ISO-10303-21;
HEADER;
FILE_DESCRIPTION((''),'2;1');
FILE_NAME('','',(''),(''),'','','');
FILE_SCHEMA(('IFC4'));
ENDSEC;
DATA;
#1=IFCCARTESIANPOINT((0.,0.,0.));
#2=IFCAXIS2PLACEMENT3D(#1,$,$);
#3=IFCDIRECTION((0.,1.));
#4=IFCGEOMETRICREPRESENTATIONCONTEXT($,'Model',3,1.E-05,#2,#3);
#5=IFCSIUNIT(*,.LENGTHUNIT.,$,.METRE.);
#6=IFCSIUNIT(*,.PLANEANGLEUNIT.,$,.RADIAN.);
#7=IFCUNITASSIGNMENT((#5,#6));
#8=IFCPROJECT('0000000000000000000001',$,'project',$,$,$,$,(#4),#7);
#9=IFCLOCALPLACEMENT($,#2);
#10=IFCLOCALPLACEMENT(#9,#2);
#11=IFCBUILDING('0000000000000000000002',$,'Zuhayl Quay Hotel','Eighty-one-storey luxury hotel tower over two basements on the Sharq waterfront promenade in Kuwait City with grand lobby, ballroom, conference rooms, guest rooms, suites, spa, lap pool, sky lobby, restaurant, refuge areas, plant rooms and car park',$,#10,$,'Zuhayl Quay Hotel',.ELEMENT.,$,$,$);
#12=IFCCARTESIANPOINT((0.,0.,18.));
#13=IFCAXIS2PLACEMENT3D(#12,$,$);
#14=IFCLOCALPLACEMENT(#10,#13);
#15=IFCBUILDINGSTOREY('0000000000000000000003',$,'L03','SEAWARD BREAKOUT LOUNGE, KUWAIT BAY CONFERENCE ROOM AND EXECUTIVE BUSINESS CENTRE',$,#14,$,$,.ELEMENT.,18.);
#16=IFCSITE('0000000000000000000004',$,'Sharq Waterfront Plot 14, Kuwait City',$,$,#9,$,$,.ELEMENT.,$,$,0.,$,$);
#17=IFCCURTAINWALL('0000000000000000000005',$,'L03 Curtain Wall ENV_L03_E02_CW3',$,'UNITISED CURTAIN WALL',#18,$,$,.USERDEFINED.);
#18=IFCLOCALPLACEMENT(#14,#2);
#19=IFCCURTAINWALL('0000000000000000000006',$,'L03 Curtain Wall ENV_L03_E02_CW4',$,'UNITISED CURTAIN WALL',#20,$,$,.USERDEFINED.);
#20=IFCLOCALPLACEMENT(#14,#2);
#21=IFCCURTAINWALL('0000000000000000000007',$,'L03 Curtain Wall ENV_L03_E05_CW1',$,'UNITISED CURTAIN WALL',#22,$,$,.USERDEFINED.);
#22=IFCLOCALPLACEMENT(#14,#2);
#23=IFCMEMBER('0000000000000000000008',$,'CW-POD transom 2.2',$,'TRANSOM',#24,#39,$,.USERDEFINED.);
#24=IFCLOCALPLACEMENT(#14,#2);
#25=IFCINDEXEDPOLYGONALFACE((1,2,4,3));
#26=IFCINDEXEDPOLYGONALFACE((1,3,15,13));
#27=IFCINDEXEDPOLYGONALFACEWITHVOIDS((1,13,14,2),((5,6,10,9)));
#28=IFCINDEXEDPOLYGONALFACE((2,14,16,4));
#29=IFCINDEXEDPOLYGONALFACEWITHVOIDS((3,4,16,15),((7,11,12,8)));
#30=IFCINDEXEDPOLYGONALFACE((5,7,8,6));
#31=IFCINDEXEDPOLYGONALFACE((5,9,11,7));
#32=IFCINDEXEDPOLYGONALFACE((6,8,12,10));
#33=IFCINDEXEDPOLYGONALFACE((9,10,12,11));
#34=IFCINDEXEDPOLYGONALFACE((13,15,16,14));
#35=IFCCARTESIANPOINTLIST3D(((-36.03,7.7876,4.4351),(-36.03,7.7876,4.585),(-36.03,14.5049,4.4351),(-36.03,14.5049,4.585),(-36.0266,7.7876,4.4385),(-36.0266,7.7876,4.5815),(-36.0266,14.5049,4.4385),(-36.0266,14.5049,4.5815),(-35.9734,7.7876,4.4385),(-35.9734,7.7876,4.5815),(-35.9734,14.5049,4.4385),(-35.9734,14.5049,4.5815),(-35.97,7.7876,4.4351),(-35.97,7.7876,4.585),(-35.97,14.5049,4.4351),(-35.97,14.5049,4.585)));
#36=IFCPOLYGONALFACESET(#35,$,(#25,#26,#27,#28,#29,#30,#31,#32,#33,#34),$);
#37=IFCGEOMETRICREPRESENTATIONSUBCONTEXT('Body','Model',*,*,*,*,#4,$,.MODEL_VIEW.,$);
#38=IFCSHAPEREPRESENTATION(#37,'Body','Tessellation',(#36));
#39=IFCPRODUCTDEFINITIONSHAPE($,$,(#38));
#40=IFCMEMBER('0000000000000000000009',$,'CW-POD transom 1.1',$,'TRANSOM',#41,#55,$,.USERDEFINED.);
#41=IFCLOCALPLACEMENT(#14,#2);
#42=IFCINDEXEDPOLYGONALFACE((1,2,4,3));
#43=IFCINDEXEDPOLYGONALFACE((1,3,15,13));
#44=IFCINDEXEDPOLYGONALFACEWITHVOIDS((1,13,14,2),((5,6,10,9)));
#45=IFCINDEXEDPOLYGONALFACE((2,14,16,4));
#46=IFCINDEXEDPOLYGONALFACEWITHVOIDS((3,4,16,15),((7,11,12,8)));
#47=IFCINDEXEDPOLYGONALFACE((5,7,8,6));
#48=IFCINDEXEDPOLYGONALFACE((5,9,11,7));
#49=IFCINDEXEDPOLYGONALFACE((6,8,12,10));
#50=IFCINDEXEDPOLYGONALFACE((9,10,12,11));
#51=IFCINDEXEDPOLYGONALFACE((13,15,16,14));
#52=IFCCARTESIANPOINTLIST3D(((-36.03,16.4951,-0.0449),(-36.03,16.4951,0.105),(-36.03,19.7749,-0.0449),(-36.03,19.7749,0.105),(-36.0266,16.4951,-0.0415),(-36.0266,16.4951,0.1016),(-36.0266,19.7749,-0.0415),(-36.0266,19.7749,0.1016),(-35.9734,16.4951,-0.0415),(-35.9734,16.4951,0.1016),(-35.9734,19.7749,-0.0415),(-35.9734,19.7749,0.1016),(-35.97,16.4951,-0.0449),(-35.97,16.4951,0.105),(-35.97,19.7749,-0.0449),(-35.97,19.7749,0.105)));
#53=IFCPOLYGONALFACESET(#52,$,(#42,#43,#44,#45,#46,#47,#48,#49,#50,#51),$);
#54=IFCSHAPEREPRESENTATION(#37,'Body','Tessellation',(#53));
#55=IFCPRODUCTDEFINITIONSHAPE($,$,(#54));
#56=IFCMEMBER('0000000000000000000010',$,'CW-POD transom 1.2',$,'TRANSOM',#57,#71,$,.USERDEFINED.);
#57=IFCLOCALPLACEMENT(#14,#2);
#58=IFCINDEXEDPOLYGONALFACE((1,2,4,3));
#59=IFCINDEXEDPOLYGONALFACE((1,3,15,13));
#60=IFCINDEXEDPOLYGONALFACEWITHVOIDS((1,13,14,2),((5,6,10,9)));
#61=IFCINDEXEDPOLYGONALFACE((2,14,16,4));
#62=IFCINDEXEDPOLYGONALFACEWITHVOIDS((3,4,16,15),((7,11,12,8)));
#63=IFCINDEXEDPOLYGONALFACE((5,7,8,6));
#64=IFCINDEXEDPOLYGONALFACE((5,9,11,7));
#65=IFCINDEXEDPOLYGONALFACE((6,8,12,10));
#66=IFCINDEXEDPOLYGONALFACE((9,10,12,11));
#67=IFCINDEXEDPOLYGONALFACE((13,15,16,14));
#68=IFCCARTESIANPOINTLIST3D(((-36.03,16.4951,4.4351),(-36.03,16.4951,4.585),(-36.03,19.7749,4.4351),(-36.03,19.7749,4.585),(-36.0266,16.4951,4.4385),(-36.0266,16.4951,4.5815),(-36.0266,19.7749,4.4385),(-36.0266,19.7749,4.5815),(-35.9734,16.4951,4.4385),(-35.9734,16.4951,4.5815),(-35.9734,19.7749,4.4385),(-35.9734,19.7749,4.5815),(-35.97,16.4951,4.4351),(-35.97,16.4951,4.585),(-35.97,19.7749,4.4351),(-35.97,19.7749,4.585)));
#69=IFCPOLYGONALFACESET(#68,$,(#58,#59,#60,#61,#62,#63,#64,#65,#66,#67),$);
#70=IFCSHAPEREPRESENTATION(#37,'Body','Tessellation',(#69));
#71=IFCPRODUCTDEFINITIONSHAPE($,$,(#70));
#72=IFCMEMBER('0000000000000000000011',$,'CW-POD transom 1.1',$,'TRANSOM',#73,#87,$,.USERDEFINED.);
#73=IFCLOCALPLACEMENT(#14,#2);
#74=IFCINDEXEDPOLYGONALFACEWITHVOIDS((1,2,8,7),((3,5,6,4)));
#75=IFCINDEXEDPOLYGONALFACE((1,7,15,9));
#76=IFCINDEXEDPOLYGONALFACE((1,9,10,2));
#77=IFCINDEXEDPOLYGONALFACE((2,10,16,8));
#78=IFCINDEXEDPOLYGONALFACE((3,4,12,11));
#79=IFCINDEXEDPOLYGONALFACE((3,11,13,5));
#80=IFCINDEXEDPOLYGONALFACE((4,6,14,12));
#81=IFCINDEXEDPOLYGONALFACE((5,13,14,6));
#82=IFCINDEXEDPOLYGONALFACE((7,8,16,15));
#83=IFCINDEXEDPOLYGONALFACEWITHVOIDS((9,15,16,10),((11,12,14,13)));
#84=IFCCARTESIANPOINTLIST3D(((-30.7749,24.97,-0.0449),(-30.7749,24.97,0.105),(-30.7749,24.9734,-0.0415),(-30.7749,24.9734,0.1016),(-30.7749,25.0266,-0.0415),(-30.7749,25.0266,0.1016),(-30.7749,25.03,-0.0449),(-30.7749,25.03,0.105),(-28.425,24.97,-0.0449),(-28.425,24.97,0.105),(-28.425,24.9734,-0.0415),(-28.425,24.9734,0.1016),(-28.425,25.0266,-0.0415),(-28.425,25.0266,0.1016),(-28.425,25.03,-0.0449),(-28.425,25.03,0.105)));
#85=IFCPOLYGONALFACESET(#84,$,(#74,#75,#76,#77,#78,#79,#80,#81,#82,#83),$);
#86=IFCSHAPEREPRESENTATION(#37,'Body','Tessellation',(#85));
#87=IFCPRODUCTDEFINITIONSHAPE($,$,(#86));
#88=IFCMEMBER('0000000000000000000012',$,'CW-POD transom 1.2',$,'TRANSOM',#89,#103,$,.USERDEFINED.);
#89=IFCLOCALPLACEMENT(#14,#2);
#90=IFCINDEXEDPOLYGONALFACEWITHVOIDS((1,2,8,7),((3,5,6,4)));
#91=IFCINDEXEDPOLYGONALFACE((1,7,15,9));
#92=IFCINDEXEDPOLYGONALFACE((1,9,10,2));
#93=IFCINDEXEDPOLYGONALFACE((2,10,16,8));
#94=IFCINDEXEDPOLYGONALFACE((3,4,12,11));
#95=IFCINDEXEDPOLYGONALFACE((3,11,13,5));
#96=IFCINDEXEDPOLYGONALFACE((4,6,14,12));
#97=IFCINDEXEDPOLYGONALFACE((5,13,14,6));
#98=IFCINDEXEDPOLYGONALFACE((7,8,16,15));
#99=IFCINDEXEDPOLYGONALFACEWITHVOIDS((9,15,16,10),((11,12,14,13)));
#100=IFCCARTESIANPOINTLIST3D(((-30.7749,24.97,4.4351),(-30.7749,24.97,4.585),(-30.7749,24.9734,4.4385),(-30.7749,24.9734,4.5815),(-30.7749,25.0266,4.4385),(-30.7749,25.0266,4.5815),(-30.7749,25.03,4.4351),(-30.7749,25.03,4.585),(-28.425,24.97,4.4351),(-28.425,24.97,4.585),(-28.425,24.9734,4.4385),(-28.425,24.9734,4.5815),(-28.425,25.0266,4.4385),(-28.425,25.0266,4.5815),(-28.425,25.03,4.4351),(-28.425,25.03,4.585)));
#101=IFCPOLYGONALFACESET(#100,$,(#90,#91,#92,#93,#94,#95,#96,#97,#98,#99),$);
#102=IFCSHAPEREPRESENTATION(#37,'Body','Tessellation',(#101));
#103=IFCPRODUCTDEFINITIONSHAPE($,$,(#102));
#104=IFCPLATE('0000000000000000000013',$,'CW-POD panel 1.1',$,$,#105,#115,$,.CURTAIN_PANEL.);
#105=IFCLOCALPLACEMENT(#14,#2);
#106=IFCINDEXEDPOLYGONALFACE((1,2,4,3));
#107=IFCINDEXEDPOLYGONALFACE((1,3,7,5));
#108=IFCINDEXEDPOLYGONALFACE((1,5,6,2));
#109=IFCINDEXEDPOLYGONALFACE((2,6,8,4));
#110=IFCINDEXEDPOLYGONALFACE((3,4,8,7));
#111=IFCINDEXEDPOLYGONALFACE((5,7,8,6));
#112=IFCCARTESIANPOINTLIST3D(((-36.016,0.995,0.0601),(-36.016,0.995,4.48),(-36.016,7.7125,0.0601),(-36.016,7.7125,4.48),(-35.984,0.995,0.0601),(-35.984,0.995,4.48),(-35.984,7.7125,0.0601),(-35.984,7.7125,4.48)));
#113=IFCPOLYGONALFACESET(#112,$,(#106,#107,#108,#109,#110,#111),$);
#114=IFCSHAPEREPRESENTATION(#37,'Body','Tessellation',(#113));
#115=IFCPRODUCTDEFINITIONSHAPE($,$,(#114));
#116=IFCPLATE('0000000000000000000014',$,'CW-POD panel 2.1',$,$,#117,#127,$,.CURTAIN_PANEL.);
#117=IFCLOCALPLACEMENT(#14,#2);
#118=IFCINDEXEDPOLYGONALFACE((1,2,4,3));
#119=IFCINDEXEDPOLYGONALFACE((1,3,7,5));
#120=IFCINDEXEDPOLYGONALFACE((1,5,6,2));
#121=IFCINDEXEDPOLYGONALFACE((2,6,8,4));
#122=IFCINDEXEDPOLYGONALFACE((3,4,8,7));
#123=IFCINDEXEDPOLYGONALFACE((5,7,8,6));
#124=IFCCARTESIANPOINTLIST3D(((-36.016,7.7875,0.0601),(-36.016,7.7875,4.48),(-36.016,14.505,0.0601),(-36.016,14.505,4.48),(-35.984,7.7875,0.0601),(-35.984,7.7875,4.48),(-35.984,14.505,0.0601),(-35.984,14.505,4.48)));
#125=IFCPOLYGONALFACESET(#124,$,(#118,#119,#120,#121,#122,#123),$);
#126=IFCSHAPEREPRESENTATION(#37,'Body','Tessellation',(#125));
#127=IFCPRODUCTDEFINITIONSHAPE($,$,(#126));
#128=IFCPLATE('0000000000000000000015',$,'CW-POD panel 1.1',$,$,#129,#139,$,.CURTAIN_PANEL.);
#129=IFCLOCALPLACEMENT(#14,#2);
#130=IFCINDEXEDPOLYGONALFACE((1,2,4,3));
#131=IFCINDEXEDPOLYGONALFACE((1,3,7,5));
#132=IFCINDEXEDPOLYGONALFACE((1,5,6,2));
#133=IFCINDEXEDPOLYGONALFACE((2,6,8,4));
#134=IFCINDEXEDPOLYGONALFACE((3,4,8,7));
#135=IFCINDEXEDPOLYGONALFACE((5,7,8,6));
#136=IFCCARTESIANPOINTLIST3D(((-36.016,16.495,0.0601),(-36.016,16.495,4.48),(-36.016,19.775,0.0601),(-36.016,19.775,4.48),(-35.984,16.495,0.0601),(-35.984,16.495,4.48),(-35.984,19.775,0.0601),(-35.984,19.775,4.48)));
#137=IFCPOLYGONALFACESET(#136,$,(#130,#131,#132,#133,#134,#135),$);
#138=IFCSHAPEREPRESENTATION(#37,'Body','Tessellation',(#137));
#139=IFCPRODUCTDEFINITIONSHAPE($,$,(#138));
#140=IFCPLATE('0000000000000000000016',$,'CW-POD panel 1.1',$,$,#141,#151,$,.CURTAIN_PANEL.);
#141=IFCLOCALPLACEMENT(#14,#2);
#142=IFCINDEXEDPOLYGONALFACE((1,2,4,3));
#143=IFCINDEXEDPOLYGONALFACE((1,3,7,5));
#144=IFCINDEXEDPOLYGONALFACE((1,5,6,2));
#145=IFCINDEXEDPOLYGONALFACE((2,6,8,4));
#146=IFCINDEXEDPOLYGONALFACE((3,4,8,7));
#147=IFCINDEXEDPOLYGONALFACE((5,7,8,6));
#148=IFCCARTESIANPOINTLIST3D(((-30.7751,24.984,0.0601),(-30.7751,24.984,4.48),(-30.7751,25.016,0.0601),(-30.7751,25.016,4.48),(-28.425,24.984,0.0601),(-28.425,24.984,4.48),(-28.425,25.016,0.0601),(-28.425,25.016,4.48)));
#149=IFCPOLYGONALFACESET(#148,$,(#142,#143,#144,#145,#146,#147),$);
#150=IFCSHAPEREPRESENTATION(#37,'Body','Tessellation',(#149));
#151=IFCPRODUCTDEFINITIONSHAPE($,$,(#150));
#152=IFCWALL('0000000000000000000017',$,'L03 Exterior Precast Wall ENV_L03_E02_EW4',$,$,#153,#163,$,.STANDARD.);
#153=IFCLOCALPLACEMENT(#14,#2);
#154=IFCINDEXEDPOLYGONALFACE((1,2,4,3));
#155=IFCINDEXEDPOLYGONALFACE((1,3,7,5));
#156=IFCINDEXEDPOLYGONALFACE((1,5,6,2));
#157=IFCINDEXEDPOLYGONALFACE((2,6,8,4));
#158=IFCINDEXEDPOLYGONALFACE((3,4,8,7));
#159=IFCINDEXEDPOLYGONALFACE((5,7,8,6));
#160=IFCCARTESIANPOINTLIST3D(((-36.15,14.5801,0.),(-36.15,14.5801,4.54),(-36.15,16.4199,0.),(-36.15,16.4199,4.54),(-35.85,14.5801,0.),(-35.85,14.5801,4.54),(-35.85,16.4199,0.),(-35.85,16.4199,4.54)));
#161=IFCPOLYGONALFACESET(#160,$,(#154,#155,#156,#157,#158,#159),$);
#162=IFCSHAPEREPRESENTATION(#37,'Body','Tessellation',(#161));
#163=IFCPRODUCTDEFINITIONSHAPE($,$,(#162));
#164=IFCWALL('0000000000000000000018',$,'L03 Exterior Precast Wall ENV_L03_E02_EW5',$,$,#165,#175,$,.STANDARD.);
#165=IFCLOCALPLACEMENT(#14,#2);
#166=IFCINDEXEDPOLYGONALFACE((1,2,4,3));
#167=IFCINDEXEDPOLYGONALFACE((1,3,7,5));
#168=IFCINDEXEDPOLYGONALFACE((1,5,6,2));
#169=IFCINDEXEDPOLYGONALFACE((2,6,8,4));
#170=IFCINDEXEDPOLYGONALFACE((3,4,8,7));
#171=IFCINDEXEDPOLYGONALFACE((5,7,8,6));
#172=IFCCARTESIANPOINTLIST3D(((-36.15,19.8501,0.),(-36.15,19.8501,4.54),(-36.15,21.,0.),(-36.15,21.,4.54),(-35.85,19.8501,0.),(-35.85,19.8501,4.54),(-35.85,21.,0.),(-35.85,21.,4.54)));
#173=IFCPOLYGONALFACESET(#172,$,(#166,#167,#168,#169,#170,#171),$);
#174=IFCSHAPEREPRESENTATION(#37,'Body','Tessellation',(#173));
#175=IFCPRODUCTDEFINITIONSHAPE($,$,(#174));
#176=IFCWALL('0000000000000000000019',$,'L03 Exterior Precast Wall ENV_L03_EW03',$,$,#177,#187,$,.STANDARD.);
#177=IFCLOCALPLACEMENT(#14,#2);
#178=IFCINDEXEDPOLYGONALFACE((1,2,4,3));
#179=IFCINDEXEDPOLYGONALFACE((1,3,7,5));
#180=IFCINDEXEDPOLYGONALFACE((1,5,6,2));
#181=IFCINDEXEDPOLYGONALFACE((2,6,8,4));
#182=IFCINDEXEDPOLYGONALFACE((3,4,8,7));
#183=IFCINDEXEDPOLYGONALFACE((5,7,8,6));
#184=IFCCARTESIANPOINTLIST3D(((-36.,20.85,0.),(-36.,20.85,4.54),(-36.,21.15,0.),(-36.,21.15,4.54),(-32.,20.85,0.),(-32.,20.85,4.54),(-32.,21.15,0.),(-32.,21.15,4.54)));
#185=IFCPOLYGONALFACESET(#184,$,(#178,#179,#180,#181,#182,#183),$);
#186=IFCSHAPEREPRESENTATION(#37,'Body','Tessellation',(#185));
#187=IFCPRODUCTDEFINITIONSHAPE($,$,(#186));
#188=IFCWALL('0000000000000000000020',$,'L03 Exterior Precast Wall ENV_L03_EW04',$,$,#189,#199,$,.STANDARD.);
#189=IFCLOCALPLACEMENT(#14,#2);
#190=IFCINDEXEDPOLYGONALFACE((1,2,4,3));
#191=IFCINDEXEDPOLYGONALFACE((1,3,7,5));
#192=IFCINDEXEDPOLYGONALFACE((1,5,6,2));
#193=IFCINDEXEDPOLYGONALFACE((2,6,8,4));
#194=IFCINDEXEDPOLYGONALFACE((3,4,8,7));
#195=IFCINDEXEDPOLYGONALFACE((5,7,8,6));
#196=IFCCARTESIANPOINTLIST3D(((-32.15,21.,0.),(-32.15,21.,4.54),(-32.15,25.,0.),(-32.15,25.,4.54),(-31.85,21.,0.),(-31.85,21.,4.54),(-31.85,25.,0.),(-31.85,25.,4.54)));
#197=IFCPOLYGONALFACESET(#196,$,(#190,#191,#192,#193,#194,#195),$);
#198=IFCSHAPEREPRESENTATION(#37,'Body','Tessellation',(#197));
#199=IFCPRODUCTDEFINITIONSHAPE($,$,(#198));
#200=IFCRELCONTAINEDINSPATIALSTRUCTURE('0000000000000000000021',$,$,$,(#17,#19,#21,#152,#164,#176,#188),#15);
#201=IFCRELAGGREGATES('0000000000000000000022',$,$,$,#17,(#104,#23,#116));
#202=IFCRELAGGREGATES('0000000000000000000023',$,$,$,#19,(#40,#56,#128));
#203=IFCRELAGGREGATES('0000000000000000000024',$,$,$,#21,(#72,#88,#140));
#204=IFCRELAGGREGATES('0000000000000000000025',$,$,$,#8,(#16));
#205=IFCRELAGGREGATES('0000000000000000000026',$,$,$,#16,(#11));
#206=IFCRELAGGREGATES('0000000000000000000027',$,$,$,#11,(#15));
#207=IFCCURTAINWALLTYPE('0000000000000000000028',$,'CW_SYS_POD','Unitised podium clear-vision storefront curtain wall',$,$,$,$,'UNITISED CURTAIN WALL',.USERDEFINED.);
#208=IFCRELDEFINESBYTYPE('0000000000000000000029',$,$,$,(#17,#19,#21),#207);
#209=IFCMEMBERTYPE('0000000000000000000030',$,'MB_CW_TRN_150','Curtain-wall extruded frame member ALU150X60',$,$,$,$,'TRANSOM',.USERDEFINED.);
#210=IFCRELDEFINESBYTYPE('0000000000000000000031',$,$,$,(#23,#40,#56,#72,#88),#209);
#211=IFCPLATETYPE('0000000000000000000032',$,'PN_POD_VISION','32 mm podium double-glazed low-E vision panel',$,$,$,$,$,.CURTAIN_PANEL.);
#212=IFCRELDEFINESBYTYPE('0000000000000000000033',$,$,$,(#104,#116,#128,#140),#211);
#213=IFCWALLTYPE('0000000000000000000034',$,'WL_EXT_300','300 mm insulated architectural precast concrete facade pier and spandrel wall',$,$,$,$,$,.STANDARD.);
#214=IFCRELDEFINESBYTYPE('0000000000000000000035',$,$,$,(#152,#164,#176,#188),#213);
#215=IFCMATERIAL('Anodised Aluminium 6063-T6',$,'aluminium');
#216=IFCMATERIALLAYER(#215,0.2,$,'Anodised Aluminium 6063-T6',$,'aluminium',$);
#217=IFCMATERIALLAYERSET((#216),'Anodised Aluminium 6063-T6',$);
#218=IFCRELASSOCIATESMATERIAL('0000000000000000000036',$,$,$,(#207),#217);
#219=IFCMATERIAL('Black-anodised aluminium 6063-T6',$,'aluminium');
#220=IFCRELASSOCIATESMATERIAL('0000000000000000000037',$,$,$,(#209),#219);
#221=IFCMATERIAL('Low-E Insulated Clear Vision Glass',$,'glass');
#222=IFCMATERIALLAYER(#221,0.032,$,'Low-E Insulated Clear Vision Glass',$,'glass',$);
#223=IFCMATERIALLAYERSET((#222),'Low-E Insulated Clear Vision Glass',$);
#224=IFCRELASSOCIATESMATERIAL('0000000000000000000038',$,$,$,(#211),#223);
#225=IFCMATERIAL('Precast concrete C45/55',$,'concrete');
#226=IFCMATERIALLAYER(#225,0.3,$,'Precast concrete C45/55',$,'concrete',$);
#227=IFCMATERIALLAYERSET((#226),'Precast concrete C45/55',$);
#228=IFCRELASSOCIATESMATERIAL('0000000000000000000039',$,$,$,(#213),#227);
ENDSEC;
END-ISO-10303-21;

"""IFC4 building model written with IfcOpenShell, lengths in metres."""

from ifc_helpers import new_model, si_unit, direction, frame, frame_2d, origin, origin_2d, place, context, subcontext, project, spatial, rectangle, hollow_rectangle, extrude, material, layer, layer_set, material_profile, profile_set, type_object, element, aggregate, save


model = new_model("IFC4")

# Units and contexts
model_context = context("Model", 3, precision=1e-05, world=origin(), true_north=direction((0.0, 1.0)))
body_context = subcontext(model_context, "Body", "Model", "MODEL_VIEW")
ifc_project = project(units=[si_unit("LENGTHUNIT", "METRE"), si_unit("PLANEANGLEUNIT", "RADIAN")], contexts=[model_context])

# Site, building, storey
site_placement = place(None, origin())
site = spatial("IfcSite", under=ifc_project, at=site_placement, Name="Sharq Waterfront Plot 14, Kuwait City", CompositionType="ELEMENT", RefElevation=0.0)
building_placement = place(site_placement, origin())
building = spatial("IfcBuilding", under=site, at=building_placement, Name="Zuhayl Quay Hotel", Description="Eighty-one-storey luxury hotel tower over two basements on the Sharq waterfront promenade in Kuwait City with grand lobby, ballroom, conference rooms, guest rooms, suites, spa, lap pool, sky lobby, restaurant, refuge areas, plant rooms and car park", LongName="Zuhayl Quay Hotel", CompositionType="ELEMENT")
storey_placement = place(building_placement, frame((0.0, 0.0, 18.0)))
storey = spatial("IfcBuildingStorey", under=building, at=storey_placement, Name="L03", Description="SEAWARD BREAKOUT LOUNGE, KUWAIT BAY CONFERENCE ROOM AND EXECUTIVE BUSINESS CENTRE", CompositionType="ELEMENT", Elevation=18.0)

# Curtain walls
ifc_material_1 = material(Name="Anodised Aluminium 6063-T6", Category="aluminium")
ifc_layer_1 = layer(ifc_material_1, 0.2, Name="Anodised Aluminium 6063-T6", Category="aluminium")
ifc_layer_set_1 = layer_set([ifc_layer_1], Name="Anodised Aluminium 6063-T6")
curtain_wall_type = type_object("IfcCurtainWallType", Name="CW_SYS_POD", Description="Unitised podium clear-vision storefront curtain wall", ElementType="UNITISED CURTAIN WALL", PredefinedType="USERDEFINED", material=ifc_layer_set_1)
curtain_wall_1_placement = place(storey_placement, origin())
curtain_wall_1 = element("IfcCurtainWall", 1, at=curtain_wall_1_placement, inside=storey, type_object=curtain_wall_type, Name="L03 Curtain Wall ENV_L03_E02_CW3", ObjectType="UNITISED CURTAIN WALL", PredefinedType="USERDEFINED")
ifc_material_2 = material(Name="Black-anodised aluminium 6063-T6", Category="aluminium")
curtain_wall_2_placement = place(storey_placement, origin())
curtain_wall_2 = element("IfcCurtainWall", 2, at=curtain_wall_2_placement, inside=storey, type_object=curtain_wall_type, Name="L03 Curtain Wall ENV_L03_E02_CW4", ObjectType="UNITISED CURTAIN WALL", PredefinedType="USERDEFINED")

# Curtain wall
curtain_wall_3_placement = place(storey_placement, origin())
curtain_wall_3 = element("IfcCurtainWall", 3, at=curtain_wall_3_placement, inside=storey, type_object=curtain_wall_type, Name="L03 Curtain Wall ENV_L03_E05_CW1", ObjectType="UNITISED CURTAIN WALL", PredefinedType="USERDEFINED")

# Members
ifc_material_profile_1 = material_profile(ifc_material_2, hollow_rectangle(XDim=0.0601, YDim=0.1499, WallThickness=0.0034, at=origin_2d()), Name="ALU150X60")
ifc_profile_set_1 = profile_set([ifc_material_profile_1], Name="Black-anodised aluminium 6063-T6")
member_type_1 = type_object("IfcMemberType", Name="MB_CW_TRN_150", Description="Curtain-wall extruded frame member ALU150X60", ElementType="TRANSOM", PredefinedType="USERDEFINED", material=ifc_profile_set_1)
member_1_placement = place(storey_placement, frame((-36.0, 7.7876, 4.51), z_axis=(0.0, 1.0, 0.0), x_axis=(-1.0, 0.0, 0.0)))
member_1 = element("IfcMember", 4, at=member_1_placement, type_object=member_type_1, Name="CW-POD transom 2.2", ObjectType="TRANSOM", PredefinedType="USERDEFINED", context=body_context, shape_type="SweptSolid", body=[
    extrude(hollow_rectangle(XDim=0.0601, YDim=0.1499, WallThickness=0.0034, at=origin_2d()), origin(), (0.0, 0.0, 1.0), 6.7173),
])
member_2_placement = place(storey_placement, frame((-36.0, 16.4951, 0.03), z_axis=(0.0, 1.0, 0.0), x_axis=(-1.0, 0.0, 0.0)))
member_2 = element("IfcMember", 5, at=member_2_placement, type_object=member_type_1, Name="CW-POD transom 1.1", ObjectType="TRANSOM", PredefinedType="USERDEFINED", context=body_context, shape_type="SweptSolid", body=[
    extrude(hollow_rectangle(XDim=0.0601, YDim=0.1499, WallThickness=0.0034, at=origin_2d()), origin(), (0.0, 0.0, 1.0), 3.2798),
])
member_3_placement = place(storey_placement, frame((-36.0, 16.4951, 4.51), z_axis=(0.0, 1.0, 0.0), x_axis=(-1.0, 0.0, 0.0)))
member_3 = element("IfcMember", 6, at=member_3_placement, type_object=member_type_1, Name="CW-POD transom 1.2", ObjectType="TRANSOM", PredefinedType="USERDEFINED", context=body_context, shape_type="SweptSolid", body=[
    extrude(hollow_rectangle(XDim=0.0601, YDim=0.1499, WallThickness=0.0034, at=origin_2d()), origin(), (0.0, 0.0, 1.0), 3.2798),
])
member_4_placement = place(storey_placement, frame((-30.7749, 25.0, 0.03), z_axis=(1.0, 0.0, 0.0), x_axis=(0.0, 1.0, 0.0)))
member_4 = element("IfcMember", 7, at=member_4_placement, type_object=member_type_1, Name="CW-POD transom 1.1", ObjectType="TRANSOM", PredefinedType="USERDEFINED", context=body_context, shape_type="SweptSolid", body=[
    extrude(hollow_rectangle(XDim=0.0601, YDim=0.1499, WallThickness=0.0034, at=origin_2d()), origin(), (0.0, 0.0, 1.0), 2.3499),
])
member_5_placement = place(storey_placement, frame((-30.7749, 25.0, 4.51), z_axis=(1.0, 0.0, 0.0), x_axis=(0.0, 1.0, 0.0)))
member_5 = element("IfcMember", 8, at=member_5_placement, type_object=member_type_1, Name="CW-POD transom 1.2", ObjectType="TRANSOM", PredefinedType="USERDEFINED", context=body_context, shape_type="SweptSolid", body=[
    extrude(hollow_rectangle(XDim=0.0601, YDim=0.1499, WallThickness=0.0034, at=origin_2d()), origin(), (0.0, 0.0, 1.0), 2.3499),
])

# Plates
ifc_material_3 = material(Name="Low-E Insulated Clear Vision Glass", Category="glass")
ifc_layer_2 = layer(ifc_material_3, 0.032, Name="Low-E Insulated Clear Vision Glass", Category="glass")
ifc_layer_set_2 = layer_set([ifc_layer_2], Name="Low-E Insulated Clear Vision Glass")
plate_type = type_object("IfcPlateType", Name="PN_POD_VISION", Description="32 mm podium double-glazed low-E vision panel", PredefinedType="CURTAIN_PANEL", material=ifc_layer_set_2)
plate_1_placement = place(storey_placement, frame((-36.0, 4.3538, 0.0601), z_axis=(0.0, 0.0, 1.0), x_axis=(0.0, 1.0, 0.0)))
plate_1 = element("IfcPlate", 9, at=plate_1_placement, type_object=plate_type, Name="CW-POD panel 1.1", PredefinedType="CURTAIN_PANEL", context=body_context, shape_type="SweptSolid", body=[
    extrude(rectangle(XDim=6.7175, YDim=0.032, at=origin_2d()), origin(), (0.0, 0.0, 1.0), 4.4199),
])
plate_2_placement = place(storey_placement, frame((-36.0, 11.1462, 0.0601), z_axis=(0.0, 0.0, 1.0), x_axis=(0.0, 1.0, 0.0)))
plate_2 = element("IfcPlate", 10, at=plate_2_placement, type_object=plate_type, Name="CW-POD panel 2.1", PredefinedType="CURTAIN_PANEL", context=body_context, shape_type="SweptSolid", body=[
    extrude(rectangle(XDim=6.7175, YDim=0.032, at=origin_2d()), origin(), (0.0, 0.0, 1.0), 4.4199),
])
aggregate(curtain_wall_1, [plate_1, member_1, plate_2])
plate_3_placement = place(storey_placement, frame((-36.0, 18.135, 0.0601), z_axis=(0.0, 0.0, 1.0), x_axis=(0.0, 1.0, 0.0)))
plate_3 = element("IfcPlate", 11, at=plate_3_placement, type_object=plate_type, Name="CW-POD panel 1.1", PredefinedType="CURTAIN_PANEL", context=body_context, shape_type="SweptSolid", body=[
    extrude(rectangle(XDim=3.28, YDim=0.032, at=origin_2d()), origin(), (0.0, 0.0, 1.0), 4.4199),
])
aggregate(curtain_wall_2, [member_2, member_3, plate_3])
plate_4_placement = place(storey_placement, frame((-29.6001, 25.0, 0.0601), z_axis=(0.0, 0.0, 1.0), x_axis=(1.0, 0.0, 0.0)))
plate_4 = element("IfcPlate", 12, at=plate_4_placement, type_object=plate_type, Name="CW-POD panel 1.1", PredefinedType="CURTAIN_PANEL", context=body_context, shape_type="SweptSolid", body=[
    extrude(rectangle(XDim=2.3501, YDim=0.032, at=origin_2d()), origin(), (0.0, 0.0, 1.0), 4.4199),
])
aggregate(curtain_wall_3, [member_4, member_5, plate_4])

# Walls
ifc_material_4 = material(Name="Precast concrete C45/55", Category="concrete")
ifc_layer_3 = layer(ifc_material_4, 0.3, Name="Precast concrete C45/55", Category="concrete")
ifc_layer_set_3 = layer_set([ifc_layer_3], Name="Precast concrete C45/55")
wall_type = type_object("IfcWallType", Name="WL_EXT_300", Description="300 mm insulated architectural precast concrete facade pier and spandrel wall", PredefinedType="STANDARD", material=ifc_layer_set_3)
wall_1_placement = place(storey_placement, frame((-36.0, 14.5801, 0.0), z_axis=(0.0, 0.0, 1.0), x_axis=(0.0, 1.0, 0.0)))
element("IfcWall", 13, at=wall_1_placement, inside=storey, type_object=wall_type, Name="L03 Exterior Precast Wall ENV_L03_E02_EW4", PredefinedType="STANDARD", context=body_context, shape_type="SweptSolid", body=[
    extrude(rectangle(XDim=1.8398, YDim=0.3, at=frame_2d((0.9199, 0.0))), origin(), (0.0, 0.0, 1.0), 4.54),
])
wall_2_placement = place(storey_placement, frame((-36.0, 19.8501, 0.0), z_axis=(0.0, 0.0, 1.0), x_axis=(0.0, 1.0, 0.0)))
element("IfcWall", 14, at=wall_2_placement, inside=storey, type_object=wall_type, Name="L03 Exterior Precast Wall ENV_L03_E02_EW5", PredefinedType="STANDARD", context=body_context, shape_type="SweptSolid", body=[
    extrude(rectangle(XDim=1.1499, YDim=0.3, at=frame_2d((0.575, 0.0))), origin(), (0.0, 0.0, 1.0), 4.54),
])
for number, where, z_axis, x_axis, name in (
    (15, (-36.0, 21.0, 0.0), (0.0, 0.0, 1.0), (1.0, 0.0, 0.0), "L03 Exterior Precast Wall ENV_L03_EW03"),
    (16, (-32.0, 21.0, 0.0), (0.0, 0.0, 1.0), (0.0, 1.0, 0.0), "L03 Exterior Precast Wall ENV_L03_EW04"),
):
    element("IfcWall", number, at=place(storey_placement, frame(where, z_axis=z_axis, x_axis=x_axis)), inside=storey, type_object=wall_type, Name=name, PredefinedType="STANDARD", context=body_context, shape_type="SweptSolid", body=[
        extrude(rectangle(XDim=4.0, YDim=0.3, at=frame_2d((2.0, 0.0))), origin(), (0.0, 0.0, 1.0), 4.54),
    ])

save(model, "model.ifc")
